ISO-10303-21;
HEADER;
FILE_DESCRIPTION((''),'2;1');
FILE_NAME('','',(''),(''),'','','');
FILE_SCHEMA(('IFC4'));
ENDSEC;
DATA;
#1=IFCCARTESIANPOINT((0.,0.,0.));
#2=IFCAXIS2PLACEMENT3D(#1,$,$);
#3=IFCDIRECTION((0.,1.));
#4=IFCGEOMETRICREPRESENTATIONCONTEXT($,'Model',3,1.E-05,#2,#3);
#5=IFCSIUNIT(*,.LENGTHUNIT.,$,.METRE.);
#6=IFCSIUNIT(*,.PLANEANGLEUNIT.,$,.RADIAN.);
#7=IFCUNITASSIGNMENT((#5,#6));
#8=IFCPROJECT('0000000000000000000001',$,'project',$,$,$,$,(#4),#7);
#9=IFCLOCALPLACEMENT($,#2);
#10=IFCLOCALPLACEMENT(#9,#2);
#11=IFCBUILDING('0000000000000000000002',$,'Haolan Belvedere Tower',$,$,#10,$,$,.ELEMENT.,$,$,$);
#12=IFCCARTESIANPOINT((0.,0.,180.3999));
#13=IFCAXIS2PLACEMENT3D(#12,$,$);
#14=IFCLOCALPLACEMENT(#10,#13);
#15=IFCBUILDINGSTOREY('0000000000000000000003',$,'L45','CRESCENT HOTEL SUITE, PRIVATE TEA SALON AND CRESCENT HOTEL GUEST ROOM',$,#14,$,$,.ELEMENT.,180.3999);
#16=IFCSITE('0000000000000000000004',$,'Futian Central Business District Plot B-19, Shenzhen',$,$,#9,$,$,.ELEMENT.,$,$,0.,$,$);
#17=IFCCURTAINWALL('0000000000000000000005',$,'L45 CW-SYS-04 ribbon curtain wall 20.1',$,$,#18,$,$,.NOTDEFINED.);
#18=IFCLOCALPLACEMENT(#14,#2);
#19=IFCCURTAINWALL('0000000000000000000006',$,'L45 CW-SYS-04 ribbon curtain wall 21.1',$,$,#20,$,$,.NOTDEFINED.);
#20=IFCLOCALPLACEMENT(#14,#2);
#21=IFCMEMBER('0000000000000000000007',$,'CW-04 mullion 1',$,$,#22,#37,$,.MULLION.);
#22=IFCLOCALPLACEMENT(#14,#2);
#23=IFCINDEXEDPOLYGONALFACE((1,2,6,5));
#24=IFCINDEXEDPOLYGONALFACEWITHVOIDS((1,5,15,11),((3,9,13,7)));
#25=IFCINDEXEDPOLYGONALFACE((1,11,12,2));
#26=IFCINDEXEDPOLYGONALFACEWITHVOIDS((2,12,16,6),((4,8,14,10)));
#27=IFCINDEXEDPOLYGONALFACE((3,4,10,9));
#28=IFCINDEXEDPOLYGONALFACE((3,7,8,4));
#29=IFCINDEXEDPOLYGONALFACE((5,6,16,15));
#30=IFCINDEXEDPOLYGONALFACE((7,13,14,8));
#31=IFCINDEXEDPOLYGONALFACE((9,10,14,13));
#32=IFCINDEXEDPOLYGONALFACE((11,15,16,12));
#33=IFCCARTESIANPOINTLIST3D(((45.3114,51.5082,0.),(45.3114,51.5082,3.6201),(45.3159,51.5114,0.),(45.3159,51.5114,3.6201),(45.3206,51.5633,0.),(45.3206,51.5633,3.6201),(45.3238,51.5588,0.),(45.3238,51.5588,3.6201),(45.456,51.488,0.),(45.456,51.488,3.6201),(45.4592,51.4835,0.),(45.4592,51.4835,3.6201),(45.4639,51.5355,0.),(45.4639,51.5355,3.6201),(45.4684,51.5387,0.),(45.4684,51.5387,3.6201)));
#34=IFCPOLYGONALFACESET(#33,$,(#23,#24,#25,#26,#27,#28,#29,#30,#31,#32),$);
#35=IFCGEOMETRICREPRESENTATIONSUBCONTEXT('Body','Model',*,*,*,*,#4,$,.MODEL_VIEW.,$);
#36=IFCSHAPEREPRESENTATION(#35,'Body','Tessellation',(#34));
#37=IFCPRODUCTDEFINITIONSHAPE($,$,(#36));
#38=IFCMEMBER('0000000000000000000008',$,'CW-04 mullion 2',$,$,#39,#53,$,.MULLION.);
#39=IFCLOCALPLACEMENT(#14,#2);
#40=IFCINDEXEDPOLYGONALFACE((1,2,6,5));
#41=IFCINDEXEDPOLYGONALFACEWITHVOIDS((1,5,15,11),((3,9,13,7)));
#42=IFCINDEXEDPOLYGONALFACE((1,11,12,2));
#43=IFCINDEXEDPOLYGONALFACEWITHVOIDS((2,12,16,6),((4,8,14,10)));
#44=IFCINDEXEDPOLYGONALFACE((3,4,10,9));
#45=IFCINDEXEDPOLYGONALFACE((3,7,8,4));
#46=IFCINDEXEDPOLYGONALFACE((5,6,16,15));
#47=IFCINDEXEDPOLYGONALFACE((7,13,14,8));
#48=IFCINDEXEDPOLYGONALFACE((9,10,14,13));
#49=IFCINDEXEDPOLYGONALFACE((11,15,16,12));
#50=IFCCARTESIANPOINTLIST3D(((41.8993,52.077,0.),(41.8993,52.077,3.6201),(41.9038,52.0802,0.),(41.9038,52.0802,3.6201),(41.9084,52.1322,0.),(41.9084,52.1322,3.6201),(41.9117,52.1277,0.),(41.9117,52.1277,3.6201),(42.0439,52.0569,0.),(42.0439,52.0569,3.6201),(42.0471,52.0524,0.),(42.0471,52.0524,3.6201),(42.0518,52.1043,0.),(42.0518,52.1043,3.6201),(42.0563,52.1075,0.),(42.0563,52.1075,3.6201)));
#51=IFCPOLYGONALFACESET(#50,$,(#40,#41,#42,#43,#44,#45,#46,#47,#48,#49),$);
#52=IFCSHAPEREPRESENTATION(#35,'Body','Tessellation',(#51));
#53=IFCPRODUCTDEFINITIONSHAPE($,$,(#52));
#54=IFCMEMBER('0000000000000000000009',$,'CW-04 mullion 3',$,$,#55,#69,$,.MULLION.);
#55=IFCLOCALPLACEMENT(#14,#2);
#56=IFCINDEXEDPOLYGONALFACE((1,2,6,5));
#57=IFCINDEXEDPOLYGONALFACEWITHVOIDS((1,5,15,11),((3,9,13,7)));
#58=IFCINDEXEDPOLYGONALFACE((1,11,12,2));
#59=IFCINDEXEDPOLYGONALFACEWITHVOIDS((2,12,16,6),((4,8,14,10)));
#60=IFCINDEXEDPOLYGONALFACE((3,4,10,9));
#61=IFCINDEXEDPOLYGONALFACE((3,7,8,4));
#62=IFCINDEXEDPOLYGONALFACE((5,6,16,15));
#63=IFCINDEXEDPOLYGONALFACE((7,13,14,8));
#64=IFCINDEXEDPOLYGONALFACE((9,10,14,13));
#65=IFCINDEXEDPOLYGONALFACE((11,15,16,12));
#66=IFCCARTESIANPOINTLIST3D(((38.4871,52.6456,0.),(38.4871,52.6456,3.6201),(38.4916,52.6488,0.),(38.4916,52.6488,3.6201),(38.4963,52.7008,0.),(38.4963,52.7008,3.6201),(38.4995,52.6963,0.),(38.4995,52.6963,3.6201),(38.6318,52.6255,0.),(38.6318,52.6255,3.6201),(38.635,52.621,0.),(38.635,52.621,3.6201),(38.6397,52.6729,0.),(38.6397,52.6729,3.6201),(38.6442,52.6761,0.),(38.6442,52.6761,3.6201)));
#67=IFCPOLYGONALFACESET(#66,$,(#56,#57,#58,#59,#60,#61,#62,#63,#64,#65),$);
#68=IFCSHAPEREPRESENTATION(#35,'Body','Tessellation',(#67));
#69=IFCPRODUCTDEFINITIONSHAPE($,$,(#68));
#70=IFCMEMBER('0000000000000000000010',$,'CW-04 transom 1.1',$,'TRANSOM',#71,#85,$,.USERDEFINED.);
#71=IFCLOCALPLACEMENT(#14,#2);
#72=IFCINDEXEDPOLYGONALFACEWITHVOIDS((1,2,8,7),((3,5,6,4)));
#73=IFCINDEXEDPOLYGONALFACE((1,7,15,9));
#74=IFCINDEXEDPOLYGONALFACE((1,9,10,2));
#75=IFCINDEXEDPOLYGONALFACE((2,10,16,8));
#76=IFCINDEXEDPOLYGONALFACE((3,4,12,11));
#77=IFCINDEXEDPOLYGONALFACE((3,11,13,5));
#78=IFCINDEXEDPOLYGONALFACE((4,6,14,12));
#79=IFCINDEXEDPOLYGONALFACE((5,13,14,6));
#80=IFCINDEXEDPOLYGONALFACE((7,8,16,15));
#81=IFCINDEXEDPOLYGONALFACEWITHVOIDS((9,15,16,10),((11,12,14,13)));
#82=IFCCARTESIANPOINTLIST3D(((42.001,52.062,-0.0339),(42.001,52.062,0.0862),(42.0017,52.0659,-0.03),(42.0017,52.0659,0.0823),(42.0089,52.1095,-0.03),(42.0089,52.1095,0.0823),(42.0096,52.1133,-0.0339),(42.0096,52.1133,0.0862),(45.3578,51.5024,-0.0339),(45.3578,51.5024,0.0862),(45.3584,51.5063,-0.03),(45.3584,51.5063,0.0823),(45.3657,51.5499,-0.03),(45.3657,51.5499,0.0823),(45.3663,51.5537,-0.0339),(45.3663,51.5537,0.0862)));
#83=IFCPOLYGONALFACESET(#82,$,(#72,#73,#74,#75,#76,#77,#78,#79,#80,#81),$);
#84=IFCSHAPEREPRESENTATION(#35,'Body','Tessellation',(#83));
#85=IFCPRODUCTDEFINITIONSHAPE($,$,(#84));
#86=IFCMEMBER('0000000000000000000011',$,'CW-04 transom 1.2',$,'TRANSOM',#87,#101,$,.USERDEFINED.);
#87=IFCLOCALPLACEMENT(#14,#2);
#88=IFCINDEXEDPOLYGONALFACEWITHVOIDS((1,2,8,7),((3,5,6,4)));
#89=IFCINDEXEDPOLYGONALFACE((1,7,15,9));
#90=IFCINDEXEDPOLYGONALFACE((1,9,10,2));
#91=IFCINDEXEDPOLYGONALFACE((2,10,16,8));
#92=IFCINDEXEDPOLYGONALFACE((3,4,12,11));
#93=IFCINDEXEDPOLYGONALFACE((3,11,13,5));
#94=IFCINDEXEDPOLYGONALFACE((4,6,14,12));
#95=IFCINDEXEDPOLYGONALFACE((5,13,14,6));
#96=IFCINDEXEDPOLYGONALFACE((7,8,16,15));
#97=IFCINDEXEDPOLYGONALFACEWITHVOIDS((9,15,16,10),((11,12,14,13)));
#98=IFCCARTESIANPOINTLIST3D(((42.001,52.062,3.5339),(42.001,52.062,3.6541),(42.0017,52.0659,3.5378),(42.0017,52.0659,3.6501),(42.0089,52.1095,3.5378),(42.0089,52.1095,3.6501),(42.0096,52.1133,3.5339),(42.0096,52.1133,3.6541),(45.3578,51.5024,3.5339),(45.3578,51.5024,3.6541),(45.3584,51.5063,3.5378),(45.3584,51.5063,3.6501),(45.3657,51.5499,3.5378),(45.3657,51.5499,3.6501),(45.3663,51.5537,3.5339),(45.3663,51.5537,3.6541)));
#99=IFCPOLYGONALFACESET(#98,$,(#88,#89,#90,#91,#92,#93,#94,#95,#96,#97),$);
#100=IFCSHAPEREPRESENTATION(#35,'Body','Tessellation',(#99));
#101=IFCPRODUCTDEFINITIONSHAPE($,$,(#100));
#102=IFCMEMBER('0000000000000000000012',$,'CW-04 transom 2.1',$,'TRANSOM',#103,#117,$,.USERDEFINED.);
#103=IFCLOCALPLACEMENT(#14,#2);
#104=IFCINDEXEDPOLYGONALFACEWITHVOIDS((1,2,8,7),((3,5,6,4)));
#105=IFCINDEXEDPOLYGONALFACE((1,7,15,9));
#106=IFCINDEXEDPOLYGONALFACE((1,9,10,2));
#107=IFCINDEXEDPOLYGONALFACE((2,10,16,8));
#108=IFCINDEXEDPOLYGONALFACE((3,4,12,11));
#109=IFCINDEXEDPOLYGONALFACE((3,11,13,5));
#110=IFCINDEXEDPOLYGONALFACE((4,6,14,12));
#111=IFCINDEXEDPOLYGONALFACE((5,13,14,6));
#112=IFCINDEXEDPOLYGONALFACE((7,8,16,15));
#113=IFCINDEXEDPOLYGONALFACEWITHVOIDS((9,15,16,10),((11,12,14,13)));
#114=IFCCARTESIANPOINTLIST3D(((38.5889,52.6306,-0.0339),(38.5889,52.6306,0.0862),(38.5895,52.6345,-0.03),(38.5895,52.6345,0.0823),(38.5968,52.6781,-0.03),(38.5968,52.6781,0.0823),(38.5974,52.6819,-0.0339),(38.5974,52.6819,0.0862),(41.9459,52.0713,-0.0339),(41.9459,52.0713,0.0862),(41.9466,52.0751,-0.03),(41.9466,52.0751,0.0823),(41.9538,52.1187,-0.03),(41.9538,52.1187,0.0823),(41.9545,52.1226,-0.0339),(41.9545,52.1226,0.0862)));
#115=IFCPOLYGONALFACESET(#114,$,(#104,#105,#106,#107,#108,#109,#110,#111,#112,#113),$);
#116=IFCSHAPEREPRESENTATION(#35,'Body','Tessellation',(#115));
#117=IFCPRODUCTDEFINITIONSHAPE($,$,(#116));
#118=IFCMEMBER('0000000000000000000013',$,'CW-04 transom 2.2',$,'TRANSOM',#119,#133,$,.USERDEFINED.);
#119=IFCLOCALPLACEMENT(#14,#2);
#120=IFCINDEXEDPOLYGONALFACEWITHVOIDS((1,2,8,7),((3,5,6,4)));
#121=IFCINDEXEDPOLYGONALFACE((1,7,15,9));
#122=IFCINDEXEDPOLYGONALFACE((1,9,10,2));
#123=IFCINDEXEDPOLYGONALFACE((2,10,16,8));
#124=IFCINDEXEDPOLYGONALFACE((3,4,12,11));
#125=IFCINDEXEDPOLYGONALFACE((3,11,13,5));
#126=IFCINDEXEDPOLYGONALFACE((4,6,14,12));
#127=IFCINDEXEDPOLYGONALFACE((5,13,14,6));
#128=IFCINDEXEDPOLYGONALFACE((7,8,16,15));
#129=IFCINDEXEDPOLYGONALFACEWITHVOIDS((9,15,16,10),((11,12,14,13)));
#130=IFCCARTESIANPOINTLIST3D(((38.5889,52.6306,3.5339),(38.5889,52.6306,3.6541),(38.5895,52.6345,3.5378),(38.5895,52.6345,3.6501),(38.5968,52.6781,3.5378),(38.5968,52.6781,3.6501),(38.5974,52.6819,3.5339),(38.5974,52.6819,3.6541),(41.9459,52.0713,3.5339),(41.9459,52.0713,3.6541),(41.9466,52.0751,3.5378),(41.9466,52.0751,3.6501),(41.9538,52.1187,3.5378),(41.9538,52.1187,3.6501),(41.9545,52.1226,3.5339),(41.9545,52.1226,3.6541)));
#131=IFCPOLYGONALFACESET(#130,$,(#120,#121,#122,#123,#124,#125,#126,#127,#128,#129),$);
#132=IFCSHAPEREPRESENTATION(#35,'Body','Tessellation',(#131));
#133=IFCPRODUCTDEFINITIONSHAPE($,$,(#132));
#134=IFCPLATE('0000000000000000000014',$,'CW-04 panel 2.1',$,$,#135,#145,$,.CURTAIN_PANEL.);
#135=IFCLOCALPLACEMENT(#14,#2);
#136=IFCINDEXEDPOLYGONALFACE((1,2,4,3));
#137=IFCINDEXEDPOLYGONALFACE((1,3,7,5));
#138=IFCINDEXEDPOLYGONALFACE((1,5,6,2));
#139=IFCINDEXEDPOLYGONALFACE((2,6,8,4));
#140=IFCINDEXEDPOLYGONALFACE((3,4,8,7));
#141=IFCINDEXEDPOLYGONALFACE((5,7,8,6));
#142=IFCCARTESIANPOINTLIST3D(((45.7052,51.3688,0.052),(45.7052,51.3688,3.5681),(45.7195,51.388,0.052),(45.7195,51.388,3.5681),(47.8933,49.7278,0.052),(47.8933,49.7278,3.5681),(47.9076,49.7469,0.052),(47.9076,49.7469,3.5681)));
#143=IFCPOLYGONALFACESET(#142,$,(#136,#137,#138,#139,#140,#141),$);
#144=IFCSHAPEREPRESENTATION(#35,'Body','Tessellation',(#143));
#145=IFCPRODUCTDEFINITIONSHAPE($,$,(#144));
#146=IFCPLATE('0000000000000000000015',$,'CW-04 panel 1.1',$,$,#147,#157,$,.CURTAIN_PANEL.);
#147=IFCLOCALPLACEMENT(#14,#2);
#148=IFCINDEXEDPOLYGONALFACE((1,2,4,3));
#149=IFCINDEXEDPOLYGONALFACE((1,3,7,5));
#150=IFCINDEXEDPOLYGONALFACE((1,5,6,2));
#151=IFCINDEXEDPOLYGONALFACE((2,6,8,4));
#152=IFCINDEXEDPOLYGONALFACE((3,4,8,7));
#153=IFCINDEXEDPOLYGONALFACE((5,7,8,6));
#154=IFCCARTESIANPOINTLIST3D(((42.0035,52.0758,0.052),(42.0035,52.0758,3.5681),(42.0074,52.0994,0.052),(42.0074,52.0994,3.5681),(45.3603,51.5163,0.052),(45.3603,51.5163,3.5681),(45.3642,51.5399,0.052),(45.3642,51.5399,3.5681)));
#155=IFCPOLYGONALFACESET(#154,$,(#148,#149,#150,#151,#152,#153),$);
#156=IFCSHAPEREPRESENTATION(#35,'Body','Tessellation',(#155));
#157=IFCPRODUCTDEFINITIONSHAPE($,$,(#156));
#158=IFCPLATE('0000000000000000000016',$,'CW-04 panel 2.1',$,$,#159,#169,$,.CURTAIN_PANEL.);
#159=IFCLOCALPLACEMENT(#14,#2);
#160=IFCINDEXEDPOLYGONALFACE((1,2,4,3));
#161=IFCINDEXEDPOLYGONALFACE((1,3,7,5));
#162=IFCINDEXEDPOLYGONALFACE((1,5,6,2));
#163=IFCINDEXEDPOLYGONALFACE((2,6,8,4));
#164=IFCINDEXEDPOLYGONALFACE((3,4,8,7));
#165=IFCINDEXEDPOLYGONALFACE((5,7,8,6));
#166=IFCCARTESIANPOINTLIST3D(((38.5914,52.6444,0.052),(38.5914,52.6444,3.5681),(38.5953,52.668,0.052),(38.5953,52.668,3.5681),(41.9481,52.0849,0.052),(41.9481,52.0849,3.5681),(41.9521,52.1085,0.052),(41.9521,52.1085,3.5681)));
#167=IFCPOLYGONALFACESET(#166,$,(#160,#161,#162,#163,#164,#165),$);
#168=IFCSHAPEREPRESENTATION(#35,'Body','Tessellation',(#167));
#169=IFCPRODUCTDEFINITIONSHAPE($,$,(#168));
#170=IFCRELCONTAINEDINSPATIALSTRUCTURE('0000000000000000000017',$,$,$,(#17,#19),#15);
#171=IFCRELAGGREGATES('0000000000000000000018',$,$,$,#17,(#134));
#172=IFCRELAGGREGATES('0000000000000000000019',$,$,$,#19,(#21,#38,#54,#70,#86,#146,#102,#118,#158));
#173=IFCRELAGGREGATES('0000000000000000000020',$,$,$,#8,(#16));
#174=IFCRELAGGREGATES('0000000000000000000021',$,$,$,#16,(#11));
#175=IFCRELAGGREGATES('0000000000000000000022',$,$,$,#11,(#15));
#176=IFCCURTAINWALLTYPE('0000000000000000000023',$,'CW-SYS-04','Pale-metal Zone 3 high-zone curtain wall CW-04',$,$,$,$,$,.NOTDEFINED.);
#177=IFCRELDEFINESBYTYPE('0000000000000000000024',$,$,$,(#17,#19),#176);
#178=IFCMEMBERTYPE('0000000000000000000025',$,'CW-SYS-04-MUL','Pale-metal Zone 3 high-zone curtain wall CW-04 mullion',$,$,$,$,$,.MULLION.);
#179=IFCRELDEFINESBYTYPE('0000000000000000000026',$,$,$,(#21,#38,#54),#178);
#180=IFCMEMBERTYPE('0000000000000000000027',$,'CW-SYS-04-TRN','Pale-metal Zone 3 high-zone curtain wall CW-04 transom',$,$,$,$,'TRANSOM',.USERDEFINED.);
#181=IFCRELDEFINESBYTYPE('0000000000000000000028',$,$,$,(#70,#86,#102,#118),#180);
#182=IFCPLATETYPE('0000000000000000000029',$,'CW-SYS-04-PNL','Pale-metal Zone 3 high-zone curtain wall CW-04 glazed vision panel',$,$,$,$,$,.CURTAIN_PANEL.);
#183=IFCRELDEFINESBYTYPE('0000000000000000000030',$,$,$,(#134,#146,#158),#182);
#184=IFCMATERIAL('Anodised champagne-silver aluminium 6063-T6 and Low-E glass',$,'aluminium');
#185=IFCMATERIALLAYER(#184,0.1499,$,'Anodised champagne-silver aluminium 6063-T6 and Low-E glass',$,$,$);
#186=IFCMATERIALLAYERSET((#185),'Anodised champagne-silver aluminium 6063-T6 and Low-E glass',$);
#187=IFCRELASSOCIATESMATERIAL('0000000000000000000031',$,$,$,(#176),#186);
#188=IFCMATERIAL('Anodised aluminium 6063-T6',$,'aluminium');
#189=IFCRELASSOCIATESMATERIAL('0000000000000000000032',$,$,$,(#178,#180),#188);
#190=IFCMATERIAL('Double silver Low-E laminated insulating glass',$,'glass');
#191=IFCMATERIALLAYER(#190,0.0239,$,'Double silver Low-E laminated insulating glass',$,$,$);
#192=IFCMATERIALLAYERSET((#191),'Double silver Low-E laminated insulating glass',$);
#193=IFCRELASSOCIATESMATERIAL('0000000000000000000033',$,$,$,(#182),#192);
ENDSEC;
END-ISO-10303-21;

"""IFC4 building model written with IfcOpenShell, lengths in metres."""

from ifc_helpers import new_model, si_unit, direction, frame, origin, origin_2d, place, context, subcontext, project, spatial, rectangle, hollow_rectangle, extrude, material, layer, layer_set, material_profile, profile_set, type_object, element, aggregate, save


model = new_model("IFC4")

# Units and contexts
model_context = context("Model", 3, precision=1e-05, world=origin(), true_north=direction((0.0, 1.0)))
body_context = subcontext(model_context, "Body", "Model", "MODEL_VIEW")
ifc_project = project(units=[si_unit("LENGTHUNIT", "METRE"), si_unit("PLANEANGLEUNIT", "RADIAN")], contexts=[model_context])

# Site, building, storey
site_placement = place(None, origin())
site = spatial("IfcSite", under=ifc_project, at=site_placement, Name="Futian Central Business District Plot B-19, Shenzhen", CompositionType="ELEMENT", RefElevation=0.0)
building_placement = place(site_placement, origin())
building = spatial("IfcBuilding", under=site, at=building_placement, Name="Haolan Belvedere Tower", CompositionType="ELEMENT")
storey_placement = place(building_placement, frame((0.0, 0.0, 180.3999)))
storey = spatial("IfcBuildingStorey", under=building, at=storey_placement, Name="L45", Description="CRESCENT HOTEL SUITE, PRIVATE TEA SALON AND CRESCENT HOTEL GUEST ROOM", CompositionType="ELEMENT", Elevation=180.3999)

# Curtain wall
ifc_material_1 = material(Name="Anodised champagne-silver aluminium 6063-T6 and Low-E glass", Category="aluminium")
ifc_layer_1 = layer(ifc_material_1, 0.1499, Name="Anodised champagne-silver aluminium 6063-T6 and Low-E glass")
ifc_layer_set_1 = layer_set([ifc_layer_1], Name="Anodised champagne-silver aluminium 6063-T6 and Low-E glass")
curtain_wall_type = type_object("IfcCurtainWallType", Name="CW-SYS-04", Description="Pale-metal Zone 3 high-zone curtain wall CW-04", PredefinedType="NOTDEFINED", material=ifc_layer_set_1)
curtain_wall_1_placement = place(storey_placement, origin())
curtain_wall_1 = element("IfcCurtainWall", 1, at=curtain_wall_1_placement, inside=storey, type_object=curtain_wall_type, Name="L45 CW-SYS-04 ribbon curtain wall 20.1", PredefinedType="NOTDEFINED")
ifc_material_2 = material(Name="Anodised aluminium 6063-T6", Category="aluminium")
ifc_material_profile_1 = material_profile(ifc_material_2, hollow_rectangle(XDim=0.0559, YDim=0.1499, WallThickness=0.0039, at=origin_2d()), Name="Anodised aluminium 6063-T6")
ifc_profile_set_1 = profile_set([ifc_material_profile_1], Name="Anodised aluminium 6063-T6")
member_type_1 = type_object("IfcMemberType", Name="CW-SYS-04-MUL", Description="Pale-metal Zone 3 high-zone curtain wall CW-04 mullion", PredefinedType="MULLION", material=ifc_profile_set_1)

# Curtain wall, members
curtain_wall_2_placement = place(storey_placement, origin())
curtain_wall_2 = element("IfcCurtainWall", 2, at=curtain_wall_2_placement, inside=storey, type_object=curtain_wall_type, Name="L45 CW-SYS-04 ribbon curtain wall 21.1", PredefinedType="NOTDEFINED")
member_1_placement = place(storey_placement, frame((45.3899, 51.5234, 0.0), z_axis=(0.0, 0.0, 1.0), x_axis=(-0.164406, -0.986393, 0.0)))
member_1 = element("IfcMember", 3, at=member_1_placement, type_object=member_type_1, Name="CW-04 mullion 1", PredefinedType="MULLION", context=body_context, shape_type="SweptSolid", body=[
    extrude(hollow_rectangle(XDim=0.0559, YDim=0.1499, WallThickness=0.0039, at=origin_2d()), origin(), (0.0, 0.0, 1.0), 3.6201),
])
member_2_placement = place(storey_placement, frame((41.9778, 52.0923, 0.0), z_axis=(0.0, 0.0, 1.0), x_axis=(-0.164406, -0.986393, 0.0)))
member_2 = element("IfcMember", 4, at=member_2_placement, type_object=member_type_1, Name="CW-04 mullion 2", PredefinedType="MULLION", context=body_context, shape_type="SweptSolid", body=[
    extrude(hollow_rectangle(XDim=0.0559, YDim=0.1499, WallThickness=0.0039, at=origin_2d()), origin(), (0.0, 0.0, 1.0), 3.6201),
])
member_3_placement = place(storey_placement, frame((38.5657, 52.6609, 0.0), z_axis=(0.0, 0.0, 1.0), x_axis=(-0.164406, -0.986393, 0.0)))
member_3 = element("IfcMember", 5, at=member_3_placement, type_object=member_type_1, Name="CW-04 mullion 3", PredefinedType="MULLION", context=body_context, shape_type="SweptSolid", body=[
    extrude(hollow_rectangle(XDim=0.0559, YDim=0.1499, WallThickness=0.0039, at=origin_2d()), origin(), (0.0, 0.0, 1.0), 3.6201),
])
ifc_material_profile_2 = material_profile(ifc_material_2, hollow_rectangle(XDim=0.052, YDim=0.1201, WallThickness=0.0039, at=origin_2d()), Name="Anodised aluminium 6063-T6")
ifc_profile_set_2 = profile_set([ifc_material_profile_2], Name="Anodised aluminium 6063-T6")
member_type_2 = type_object("IfcMemberType", Name="CW-SYS-04-TRN", Description="Pale-metal Zone 3 high-zone curtain wall CW-04 transom", ElementType="TRANSOM", PredefinedType="USERDEFINED", material=ifc_profile_set_2)
member_4_placement = place(storey_placement, frame((45.3621, 51.5281, 0.0261), z_axis=(-0.986388, 0.164434, 0.0), x_axis=(-0.164434, -0.986388, 0.0)))
member_4 = element("IfcMember", 6, at=member_4_placement, type_object=member_type_2, Name="CW-04 transom 1.1", ObjectType="TRANSOM", PredefinedType="USERDEFINED", context=body_context, shape_type="SweptSolid", body=[
    extrude(hollow_rectangle(XDim=0.052, YDim=0.1201, WallThickness=0.0039, at=origin_2d()), origin(), (0.0, 0.0, 1.0), 3.4031),
])
member_5_placement = place(storey_placement, frame((45.3621, 51.5281, 3.594), z_axis=(-0.986388, 0.164434, 0.0), x_axis=(-0.164434, -0.986388, 0.0)))
member_5 = element("IfcMember", 7, at=member_5_placement, type_object=member_type_2, Name="CW-04 transom 1.2", ObjectType="TRANSOM", PredefinedType="USERDEFINED", context=body_context, shape_type="SweptSolid", body=[
    extrude(hollow_rectangle(XDim=0.052, YDim=0.1201, WallThickness=0.0039, at=origin_2d()), origin(), (0.0, 0.0, 1.0), 3.4031),
])
member_6_placement = place(storey_placement, frame((41.9502, 52.0969, 0.0261), z_axis=(-0.986402, 0.164352, 0.0), x_axis=(-0.164352, -0.986402, 0.0)))
member_6 = element("IfcMember", 8, at=member_6_placement, type_object=member_type_2, Name="CW-04 transom 2.1", ObjectType="TRANSOM", PredefinedType="USERDEFINED", context=body_context, shape_type="SweptSolid", body=[
    extrude(hollow_rectangle(XDim=0.052, YDim=0.1201, WallThickness=0.0039, at=origin_2d()), origin(), (0.0, 0.0, 1.0), 3.4033),
])
member_7_placement = place(storey_placement, frame((41.9502, 52.0969, 3.594), z_axis=(-0.986402, 0.164352, 0.0), x_axis=(-0.164352, -0.986402, 0.0)))
member_7 = element("IfcMember", 9, at=member_7_placement, type_object=member_type_2, Name="CW-04 transom 2.2", ObjectType="TRANSOM", PredefinedType="USERDEFINED", context=body_context, shape_type="SweptSolid", body=[
    extrude(hollow_rectangle(XDim=0.052, YDim=0.1201, WallThickness=0.0039, at=origin_2d()), origin(), (0.0, 0.0, 1.0), 3.4033),
])

# Plates
ifc_material_3 = material(Name="Double silver Low-E laminated insulating glass", Category="glass")
ifc_layer_2 = layer(ifc_material_3, 0.0239, Name="Double silver Low-E laminated insulating glass")
ifc_layer_set_2 = layer_set([ifc_layer_2], Name="Double silver Low-E laminated insulating glass")
plate_type = type_object("IfcPlateType", Name="CW-SYS-04-PNL", Description="Pale-metal Zone 3 high-zone curtain wall CW-04 glazed vision panel", PredefinedType="CURTAIN_PANEL", material=ifc_layer_set_2)
plate_1_placement = place(storey_placement, frame((46.8064, 50.5579, 0.052), z_axis=(0.0, 0.0, 1.0), x_axis=(-0.799998, 0.600003, 0.0)))
plate_1 = element("IfcPlate", 10, at=plate_1_placement, type_object=plate_type, Name="CW-04 panel 2.1", PredefinedType="CURTAIN_PANEL", context=body_context, shape_type="SweptSolid", body=[
    extrude(rectangle(XDim=2.7351, YDim=0.0239, at=origin_2d()), origin(), (0.0, 0.0, 1.0), 3.5161),
])
aggregate(curtain_wall_1, [plate_1])
plate_2_placement = place(storey_placement, frame((43.6838, 51.8079, 0.052), z_axis=(0.0, 0.0, 1.0), x_axis=(-0.986393, 0.164406, 0.0)))
plate_2 = element("IfcPlate", 11, at=plate_2_placement, type_object=plate_type, Name="CW-04 panel 1.1", PredefinedType="CURTAIN_PANEL", context=body_context, shape_type="SweptSolid", body=[
    extrude(rectangle(XDim=3.4031, YDim=0.0239, at=origin_2d()), origin(), (0.0, 0.0, 1.0), 3.5161),
])
plate_3_placement = place(storey_placement, frame((40.2717, 52.3765, 0.052), z_axis=(0.0, 0.0, 1.0), x_axis=(-0.986393, 0.164406, 0.0)))
plate_3 = element("IfcPlate", 12, at=plate_3_placement, type_object=plate_type, Name="CW-04 panel 2.1", PredefinedType="CURTAIN_PANEL", context=body_context, shape_type="SweptSolid", body=[
    extrude(rectangle(XDim=3.4031, YDim=0.0239, at=origin_2d()), origin(), (0.0, 0.0, 1.0), 3.5161),
])
aggregate(curtain_wall_2, [member_1, member_2, member_3, member_4, member_5, plate_2, member_6, member_7, plate_3])

save(model, "model.ifc")
